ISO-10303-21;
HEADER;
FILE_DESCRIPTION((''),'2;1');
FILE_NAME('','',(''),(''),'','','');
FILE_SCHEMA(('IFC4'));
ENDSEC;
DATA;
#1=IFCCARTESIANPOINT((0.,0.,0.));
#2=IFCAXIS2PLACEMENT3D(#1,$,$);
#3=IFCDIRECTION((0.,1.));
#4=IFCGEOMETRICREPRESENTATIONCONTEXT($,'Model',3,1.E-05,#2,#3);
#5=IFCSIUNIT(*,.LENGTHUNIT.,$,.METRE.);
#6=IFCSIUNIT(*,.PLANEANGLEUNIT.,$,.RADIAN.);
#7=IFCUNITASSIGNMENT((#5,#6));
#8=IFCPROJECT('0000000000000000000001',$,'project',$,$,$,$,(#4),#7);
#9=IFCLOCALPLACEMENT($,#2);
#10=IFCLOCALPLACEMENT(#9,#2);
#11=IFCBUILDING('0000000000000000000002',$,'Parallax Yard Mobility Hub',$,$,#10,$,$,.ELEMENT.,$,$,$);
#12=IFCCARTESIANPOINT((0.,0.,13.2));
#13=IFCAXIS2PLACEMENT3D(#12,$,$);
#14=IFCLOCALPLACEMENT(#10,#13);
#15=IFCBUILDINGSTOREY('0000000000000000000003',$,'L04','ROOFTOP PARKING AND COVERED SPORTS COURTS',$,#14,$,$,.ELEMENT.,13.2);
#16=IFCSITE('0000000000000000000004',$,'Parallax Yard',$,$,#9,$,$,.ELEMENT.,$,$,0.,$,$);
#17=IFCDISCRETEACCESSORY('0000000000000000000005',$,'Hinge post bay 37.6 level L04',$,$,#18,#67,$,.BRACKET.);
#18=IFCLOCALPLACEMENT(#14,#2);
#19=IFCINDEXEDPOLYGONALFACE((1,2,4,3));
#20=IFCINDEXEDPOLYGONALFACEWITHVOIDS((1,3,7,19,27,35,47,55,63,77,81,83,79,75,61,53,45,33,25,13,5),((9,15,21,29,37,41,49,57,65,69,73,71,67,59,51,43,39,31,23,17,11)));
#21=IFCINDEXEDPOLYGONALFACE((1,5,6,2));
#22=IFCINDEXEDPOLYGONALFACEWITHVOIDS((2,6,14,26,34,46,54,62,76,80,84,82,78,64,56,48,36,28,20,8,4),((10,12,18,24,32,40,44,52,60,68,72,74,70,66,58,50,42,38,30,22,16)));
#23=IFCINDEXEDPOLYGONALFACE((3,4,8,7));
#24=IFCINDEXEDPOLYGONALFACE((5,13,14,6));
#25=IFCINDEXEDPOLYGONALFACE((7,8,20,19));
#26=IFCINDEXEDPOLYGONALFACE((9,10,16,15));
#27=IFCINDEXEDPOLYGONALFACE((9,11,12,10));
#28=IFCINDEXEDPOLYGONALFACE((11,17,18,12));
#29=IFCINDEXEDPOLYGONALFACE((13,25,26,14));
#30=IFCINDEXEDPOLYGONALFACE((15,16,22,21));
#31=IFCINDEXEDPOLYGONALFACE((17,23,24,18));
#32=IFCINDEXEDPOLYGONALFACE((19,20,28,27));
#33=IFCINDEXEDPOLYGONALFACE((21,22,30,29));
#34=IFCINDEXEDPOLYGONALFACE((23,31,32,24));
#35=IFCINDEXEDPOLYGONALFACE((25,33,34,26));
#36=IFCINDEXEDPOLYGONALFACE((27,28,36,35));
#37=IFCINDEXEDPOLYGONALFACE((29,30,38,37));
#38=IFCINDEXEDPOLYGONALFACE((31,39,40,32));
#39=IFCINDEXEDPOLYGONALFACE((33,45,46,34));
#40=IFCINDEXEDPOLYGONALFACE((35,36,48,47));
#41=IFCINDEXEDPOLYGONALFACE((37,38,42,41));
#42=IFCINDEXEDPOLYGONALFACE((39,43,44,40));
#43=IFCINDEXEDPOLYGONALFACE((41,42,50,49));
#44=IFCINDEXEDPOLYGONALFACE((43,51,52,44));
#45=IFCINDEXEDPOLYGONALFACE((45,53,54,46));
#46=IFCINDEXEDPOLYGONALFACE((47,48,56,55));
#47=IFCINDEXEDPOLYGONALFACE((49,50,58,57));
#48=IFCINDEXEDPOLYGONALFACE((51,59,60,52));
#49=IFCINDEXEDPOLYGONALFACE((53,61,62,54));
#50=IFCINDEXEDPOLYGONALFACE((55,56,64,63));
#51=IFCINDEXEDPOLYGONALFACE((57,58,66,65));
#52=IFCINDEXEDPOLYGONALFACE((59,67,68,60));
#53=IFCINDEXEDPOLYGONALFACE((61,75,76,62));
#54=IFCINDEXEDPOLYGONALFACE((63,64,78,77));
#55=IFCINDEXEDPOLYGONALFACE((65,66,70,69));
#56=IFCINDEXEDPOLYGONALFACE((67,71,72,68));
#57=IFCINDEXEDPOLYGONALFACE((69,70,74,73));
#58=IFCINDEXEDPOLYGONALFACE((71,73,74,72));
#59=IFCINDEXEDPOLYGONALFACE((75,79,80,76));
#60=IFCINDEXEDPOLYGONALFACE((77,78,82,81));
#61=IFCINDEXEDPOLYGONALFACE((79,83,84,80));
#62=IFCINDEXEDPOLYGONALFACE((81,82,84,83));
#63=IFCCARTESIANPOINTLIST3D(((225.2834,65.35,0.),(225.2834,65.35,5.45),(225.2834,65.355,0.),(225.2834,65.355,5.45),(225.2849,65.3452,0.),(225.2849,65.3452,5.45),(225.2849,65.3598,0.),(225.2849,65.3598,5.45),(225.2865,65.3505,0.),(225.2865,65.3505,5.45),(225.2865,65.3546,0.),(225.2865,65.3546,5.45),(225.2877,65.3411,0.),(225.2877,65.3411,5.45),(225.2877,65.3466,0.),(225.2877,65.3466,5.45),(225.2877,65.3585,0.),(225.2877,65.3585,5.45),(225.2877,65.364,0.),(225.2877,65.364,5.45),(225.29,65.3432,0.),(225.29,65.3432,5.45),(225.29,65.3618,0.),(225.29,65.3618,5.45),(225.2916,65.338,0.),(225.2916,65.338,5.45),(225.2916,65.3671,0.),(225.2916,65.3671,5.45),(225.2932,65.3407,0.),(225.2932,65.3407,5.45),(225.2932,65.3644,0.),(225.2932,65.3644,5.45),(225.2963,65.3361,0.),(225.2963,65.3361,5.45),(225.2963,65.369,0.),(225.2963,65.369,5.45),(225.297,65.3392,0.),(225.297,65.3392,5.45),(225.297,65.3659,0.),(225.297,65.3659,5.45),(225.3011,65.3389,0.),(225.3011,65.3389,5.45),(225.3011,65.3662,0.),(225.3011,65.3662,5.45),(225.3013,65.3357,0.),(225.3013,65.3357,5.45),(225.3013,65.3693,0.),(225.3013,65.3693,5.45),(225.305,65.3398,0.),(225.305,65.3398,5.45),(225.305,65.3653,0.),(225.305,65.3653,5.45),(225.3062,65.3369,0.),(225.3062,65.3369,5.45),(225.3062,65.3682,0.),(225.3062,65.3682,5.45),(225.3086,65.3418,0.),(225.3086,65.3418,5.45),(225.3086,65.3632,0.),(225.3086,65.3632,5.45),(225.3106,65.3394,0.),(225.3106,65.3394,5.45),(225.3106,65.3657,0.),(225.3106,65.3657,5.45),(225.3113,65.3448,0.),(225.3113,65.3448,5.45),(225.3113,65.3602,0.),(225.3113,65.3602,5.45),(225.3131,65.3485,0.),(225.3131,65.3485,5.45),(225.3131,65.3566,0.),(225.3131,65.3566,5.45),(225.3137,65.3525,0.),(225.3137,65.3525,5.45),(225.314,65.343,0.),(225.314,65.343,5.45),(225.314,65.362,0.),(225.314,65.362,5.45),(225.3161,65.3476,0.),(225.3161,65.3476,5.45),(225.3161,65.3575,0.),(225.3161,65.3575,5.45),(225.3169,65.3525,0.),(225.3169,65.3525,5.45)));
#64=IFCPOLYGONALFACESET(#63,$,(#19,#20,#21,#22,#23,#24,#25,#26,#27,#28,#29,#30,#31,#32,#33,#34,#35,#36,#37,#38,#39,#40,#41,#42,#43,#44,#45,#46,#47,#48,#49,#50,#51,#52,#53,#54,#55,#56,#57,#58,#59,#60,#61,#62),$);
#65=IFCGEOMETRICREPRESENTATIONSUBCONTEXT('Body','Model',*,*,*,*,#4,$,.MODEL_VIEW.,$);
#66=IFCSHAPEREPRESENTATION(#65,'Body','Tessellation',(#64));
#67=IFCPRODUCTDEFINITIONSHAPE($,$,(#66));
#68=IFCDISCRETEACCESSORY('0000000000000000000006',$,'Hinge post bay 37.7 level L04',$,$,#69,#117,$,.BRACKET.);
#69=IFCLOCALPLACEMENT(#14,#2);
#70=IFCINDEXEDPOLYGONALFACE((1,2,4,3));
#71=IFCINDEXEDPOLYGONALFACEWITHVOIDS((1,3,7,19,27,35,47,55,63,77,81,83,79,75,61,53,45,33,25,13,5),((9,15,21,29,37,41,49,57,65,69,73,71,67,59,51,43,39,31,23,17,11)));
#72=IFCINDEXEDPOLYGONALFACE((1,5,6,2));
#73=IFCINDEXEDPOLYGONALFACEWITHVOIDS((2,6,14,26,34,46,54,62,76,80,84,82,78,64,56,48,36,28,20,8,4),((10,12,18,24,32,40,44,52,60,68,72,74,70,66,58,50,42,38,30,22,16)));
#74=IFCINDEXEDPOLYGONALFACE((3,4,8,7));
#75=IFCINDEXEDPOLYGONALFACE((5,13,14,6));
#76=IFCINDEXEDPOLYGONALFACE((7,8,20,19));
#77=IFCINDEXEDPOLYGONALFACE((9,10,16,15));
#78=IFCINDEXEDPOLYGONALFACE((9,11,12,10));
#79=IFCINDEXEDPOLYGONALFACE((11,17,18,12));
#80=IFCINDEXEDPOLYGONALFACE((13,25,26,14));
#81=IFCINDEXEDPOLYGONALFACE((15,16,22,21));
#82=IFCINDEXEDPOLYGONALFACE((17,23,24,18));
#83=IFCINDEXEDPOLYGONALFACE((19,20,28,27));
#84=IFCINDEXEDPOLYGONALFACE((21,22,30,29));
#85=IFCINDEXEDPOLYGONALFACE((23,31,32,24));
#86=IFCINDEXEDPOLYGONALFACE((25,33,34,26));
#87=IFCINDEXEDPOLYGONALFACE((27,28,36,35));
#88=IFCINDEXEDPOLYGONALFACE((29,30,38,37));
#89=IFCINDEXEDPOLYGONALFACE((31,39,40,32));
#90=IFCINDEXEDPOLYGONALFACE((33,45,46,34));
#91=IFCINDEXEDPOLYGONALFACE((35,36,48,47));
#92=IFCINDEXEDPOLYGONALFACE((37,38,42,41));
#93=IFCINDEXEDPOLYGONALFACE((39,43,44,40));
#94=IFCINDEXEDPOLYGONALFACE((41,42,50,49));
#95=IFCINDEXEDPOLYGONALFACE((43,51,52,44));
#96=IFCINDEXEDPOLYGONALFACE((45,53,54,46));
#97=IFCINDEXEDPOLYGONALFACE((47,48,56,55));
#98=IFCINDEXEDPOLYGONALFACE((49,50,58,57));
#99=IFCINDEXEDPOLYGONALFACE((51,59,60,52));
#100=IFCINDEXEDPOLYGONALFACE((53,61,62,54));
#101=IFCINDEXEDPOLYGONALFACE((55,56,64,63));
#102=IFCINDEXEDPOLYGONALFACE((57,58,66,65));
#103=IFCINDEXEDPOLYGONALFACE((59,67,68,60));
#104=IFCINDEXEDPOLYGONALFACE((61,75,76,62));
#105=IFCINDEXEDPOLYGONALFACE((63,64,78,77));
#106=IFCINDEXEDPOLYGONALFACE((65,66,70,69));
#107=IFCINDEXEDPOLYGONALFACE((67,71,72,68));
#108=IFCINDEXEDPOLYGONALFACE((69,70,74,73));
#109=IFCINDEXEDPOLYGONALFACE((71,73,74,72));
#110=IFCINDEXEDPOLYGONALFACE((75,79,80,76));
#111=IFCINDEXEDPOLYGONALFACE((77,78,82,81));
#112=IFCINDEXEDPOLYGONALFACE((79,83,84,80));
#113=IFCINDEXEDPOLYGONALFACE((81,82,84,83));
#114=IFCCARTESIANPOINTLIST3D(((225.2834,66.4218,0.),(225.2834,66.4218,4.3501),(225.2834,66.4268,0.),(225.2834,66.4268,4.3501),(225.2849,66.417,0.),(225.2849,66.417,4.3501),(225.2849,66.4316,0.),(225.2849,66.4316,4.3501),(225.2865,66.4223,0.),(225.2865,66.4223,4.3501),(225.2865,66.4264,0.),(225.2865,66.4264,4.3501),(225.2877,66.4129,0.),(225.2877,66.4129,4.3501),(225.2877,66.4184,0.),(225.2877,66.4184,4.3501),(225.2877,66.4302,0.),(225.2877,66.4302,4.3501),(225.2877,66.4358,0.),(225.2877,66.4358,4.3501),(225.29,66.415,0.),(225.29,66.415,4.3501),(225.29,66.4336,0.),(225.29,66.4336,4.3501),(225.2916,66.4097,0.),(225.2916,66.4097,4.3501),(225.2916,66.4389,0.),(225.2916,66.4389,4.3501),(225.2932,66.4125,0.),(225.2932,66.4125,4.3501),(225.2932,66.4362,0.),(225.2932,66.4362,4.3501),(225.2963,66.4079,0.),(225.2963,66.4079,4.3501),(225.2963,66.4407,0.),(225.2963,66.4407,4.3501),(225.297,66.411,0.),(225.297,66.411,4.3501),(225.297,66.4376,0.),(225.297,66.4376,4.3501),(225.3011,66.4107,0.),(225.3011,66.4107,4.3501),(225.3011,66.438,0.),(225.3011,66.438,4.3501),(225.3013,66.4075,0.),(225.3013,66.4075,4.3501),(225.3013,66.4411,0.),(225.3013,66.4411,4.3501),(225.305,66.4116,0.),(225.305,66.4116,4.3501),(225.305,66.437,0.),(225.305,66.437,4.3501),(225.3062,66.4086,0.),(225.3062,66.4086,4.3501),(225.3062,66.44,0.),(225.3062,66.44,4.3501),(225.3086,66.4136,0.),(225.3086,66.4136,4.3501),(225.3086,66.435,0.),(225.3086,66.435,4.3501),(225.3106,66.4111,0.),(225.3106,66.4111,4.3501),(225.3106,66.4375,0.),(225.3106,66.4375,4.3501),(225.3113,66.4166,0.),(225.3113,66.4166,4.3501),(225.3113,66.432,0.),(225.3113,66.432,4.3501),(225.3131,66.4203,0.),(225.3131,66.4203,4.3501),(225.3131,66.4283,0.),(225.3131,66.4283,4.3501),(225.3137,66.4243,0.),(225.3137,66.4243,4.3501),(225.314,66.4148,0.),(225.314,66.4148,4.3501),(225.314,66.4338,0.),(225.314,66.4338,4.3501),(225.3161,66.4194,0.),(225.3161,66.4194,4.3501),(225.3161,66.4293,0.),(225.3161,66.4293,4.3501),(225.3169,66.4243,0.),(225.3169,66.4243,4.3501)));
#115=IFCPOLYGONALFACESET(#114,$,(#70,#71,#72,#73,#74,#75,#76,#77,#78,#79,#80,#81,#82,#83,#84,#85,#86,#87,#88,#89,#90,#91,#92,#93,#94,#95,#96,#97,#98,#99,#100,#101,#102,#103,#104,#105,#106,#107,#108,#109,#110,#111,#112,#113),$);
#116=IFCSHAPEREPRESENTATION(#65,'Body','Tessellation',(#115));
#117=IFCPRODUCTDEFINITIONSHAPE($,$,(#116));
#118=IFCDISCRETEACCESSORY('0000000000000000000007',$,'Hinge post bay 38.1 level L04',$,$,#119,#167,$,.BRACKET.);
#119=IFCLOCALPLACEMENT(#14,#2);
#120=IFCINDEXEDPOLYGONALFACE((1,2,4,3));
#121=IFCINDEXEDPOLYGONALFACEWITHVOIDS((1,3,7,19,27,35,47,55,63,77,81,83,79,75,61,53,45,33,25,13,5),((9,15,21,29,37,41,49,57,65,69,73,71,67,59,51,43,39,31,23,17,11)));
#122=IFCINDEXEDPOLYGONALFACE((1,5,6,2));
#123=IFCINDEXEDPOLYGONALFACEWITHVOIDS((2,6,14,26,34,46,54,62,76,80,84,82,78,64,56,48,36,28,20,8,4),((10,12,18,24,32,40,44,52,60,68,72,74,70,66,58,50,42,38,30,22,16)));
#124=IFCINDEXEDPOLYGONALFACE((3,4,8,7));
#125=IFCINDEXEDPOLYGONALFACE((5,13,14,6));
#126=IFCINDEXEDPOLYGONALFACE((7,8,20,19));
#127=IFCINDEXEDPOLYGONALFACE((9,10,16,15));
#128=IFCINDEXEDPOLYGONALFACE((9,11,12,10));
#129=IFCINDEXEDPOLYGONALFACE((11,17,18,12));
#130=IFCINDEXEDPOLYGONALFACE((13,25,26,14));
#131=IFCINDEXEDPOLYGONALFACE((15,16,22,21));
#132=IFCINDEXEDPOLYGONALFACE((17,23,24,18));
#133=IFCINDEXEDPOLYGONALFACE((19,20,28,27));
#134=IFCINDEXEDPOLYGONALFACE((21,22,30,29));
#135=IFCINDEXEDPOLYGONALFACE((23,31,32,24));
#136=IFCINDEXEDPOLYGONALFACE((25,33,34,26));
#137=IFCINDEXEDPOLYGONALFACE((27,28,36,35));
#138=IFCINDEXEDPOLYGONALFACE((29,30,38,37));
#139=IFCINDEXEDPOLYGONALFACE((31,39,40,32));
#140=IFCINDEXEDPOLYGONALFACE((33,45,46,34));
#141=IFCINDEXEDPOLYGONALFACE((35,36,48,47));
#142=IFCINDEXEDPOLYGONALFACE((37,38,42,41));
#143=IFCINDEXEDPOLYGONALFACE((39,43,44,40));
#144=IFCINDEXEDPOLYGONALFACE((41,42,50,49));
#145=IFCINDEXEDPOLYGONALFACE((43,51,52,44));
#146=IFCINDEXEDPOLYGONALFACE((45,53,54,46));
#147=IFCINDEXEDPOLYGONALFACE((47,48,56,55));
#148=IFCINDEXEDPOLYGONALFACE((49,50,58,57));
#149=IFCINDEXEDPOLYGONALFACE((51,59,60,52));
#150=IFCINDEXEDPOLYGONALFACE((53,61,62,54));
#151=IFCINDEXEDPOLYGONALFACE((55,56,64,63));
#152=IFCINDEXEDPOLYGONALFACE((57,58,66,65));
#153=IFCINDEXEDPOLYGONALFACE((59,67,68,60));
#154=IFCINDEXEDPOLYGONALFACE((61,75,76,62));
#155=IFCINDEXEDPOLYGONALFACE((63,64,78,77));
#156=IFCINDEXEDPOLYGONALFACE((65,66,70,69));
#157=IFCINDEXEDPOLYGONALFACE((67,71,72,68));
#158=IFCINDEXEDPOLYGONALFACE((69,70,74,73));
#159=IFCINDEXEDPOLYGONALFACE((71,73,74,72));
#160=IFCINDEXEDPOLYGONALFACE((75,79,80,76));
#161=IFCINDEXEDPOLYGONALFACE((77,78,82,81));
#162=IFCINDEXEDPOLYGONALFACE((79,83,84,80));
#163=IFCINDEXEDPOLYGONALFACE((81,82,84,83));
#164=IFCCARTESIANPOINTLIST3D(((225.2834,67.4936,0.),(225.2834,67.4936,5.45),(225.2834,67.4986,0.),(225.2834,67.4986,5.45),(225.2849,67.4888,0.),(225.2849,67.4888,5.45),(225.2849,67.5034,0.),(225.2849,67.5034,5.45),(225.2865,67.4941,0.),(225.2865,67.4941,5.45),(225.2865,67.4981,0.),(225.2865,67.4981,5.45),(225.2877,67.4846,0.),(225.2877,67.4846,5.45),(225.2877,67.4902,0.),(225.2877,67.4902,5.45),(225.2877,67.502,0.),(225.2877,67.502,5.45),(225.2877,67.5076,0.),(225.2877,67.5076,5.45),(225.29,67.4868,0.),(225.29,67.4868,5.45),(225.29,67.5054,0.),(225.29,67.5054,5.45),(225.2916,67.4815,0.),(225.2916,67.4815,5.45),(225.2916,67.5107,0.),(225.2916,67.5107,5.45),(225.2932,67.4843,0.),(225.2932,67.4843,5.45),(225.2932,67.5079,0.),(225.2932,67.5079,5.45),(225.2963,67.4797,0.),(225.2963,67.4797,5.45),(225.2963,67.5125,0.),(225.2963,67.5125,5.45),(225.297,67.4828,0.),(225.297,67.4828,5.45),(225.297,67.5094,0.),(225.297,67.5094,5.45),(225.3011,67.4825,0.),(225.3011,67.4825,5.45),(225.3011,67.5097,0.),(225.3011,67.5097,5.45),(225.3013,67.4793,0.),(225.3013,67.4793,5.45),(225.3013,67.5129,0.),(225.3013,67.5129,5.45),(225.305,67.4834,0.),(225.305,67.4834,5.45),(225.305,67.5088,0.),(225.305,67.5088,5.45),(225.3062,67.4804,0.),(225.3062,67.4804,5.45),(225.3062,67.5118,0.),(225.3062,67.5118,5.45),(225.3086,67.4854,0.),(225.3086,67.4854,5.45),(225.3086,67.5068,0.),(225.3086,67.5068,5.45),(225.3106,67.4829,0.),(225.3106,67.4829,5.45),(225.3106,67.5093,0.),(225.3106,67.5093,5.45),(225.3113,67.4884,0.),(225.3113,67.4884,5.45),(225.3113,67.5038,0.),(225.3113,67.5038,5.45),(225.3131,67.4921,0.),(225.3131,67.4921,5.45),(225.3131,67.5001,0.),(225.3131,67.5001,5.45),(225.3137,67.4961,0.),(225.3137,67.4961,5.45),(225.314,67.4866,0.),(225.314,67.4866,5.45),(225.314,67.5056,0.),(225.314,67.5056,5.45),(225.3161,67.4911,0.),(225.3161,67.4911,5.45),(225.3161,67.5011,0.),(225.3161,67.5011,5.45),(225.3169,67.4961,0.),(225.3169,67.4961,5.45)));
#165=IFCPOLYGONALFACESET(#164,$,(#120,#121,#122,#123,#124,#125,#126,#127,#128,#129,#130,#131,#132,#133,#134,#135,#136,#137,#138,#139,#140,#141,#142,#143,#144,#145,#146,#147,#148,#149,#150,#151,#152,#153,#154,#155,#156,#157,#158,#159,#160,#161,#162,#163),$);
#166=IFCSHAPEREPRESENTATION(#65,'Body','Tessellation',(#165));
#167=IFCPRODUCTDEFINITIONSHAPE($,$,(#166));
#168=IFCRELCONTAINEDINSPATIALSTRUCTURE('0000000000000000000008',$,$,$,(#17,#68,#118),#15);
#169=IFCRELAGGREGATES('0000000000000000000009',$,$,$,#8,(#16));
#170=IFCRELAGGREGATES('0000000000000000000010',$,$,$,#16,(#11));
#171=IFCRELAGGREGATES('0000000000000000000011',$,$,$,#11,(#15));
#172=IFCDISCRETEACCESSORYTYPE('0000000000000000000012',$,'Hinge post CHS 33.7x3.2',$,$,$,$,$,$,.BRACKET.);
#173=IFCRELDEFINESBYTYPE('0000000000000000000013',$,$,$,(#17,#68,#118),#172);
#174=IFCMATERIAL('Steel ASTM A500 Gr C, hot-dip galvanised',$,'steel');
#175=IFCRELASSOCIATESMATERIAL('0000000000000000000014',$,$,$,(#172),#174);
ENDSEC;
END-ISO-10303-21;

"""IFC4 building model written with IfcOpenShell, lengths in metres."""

from ifc_helpers import new_model, si_unit, direction, frame, origin, origin_2d, place, context, subcontext, project, spatial, hollow_circle, extrude, material, material_profile, profile_set, type_object, element, save


model = new_model("IFC4")

# Units and contexts
model_context = context("Model", 3, precision=1e-05, world=origin(), true_north=direction((0.0, 1.0)))
body_context = subcontext(model_context, "Body", "Model", "MODEL_VIEW")
ifc_project = project(units=[si_unit("LENGTHUNIT", "METRE"), si_unit("PLANEANGLEUNIT", "RADIAN")], contexts=[model_context])

# Site, building, storey
site_placement = place(None, origin())
site = spatial("IfcSite", under=ifc_project, at=site_placement, Name="Parallax Yard", CompositionType="ELEMENT", RefElevation=0.0)
building_placement = place(site_placement, origin())
building = spatial("IfcBuilding", under=site, at=building_placement, Name="Parallax Yard Mobility Hub", CompositionType="ELEMENT")
storey_placement = place(building_placement, frame((0.0, 0.0, 13.2)))
storey = spatial("IfcBuildingStorey", under=building, at=storey_placement, Name="L04", Description="ROOFTOP PARKING AND COVERED SPORTS COURTS", CompositionType="ELEMENT", Elevation=13.2)

# Discrete accessories
ifc_material_1 = material(Name="Steel ASTM A500 Gr C, hot-dip galvanised", Category="steel")
ifc_material_profile = material_profile(ifc_material_1, hollow_circle(Radius=0.0168, WallThickness=0.0032, at=origin_2d()), Name="CHS 33.7x3.2")
ifc_profile_set = profile_set([ifc_material_profile], Name="Steel ASTM A500 Gr C, hot-dip galvanised")
discrete_accessory_type_1 = type_object("IfcDiscreteAccessoryType", Name="Hinge post CHS 33.7x3.2", PredefinedType="BRACKET", material=ifc_profile_set)
for number, where, z_axis, x_axis, name in (
    (1, (225.3, 65.3525, 0.0), (0.0, 0.0, 1.0), (1.0, 0.0, 0.0), "Hinge post bay 37.6 level L04"),
):
    element("IfcDiscreteAccessory", number, at=place(storey_placement, frame(where, z_axis=z_axis, x_axis=x_axis)), inside=storey, type_object=discrete_accessory_type_1, Name=name, PredefinedType="BRACKET", context=body_context, shape_type="SweptSolid", body=[
        extrude(hollow_circle(Radius=0.0168, WallThickness=0.0032, at=origin_2d()), origin(), (0.0, 0.0, 1.0), 5.45),
    ])
discrete_accessory_placement = place(storey_placement, frame((225.3, 66.4243, 0.0), z_axis=(0.0, 0.0, 1.0), x_axis=(1.0, 0.0, 0.0)))
element("IfcDiscreteAccessory", 2, at=discrete_accessory_placement, inside=storey, type_object=discrete_accessory_type_1, Name="Hinge post bay 37.7 level L04", PredefinedType="BRACKET", context=body_context, shape_type="SweptSolid", body=[
    extrude(hollow_circle(Radius=0.0168, WallThickness=0.0032, at=origin_2d()), origin(), (0.0, 0.0, 1.0), 4.3501),
])
for number, where, z_axis, x_axis, name in (
    (3, (225.3, 67.4961, 0.0), (0.0, 0.0, 1.0), (1.0, 0.0, 0.0), "Hinge post bay 38.1 level L04"),
):
    element("IfcDiscreteAccessory", number, at=place(storey_placement, frame(where, z_axis=z_axis, x_axis=x_axis)), inside=storey, type_object=discrete_accessory_type_1, Name=name, PredefinedType="BRACKET", context=body_context, shape_type="SweptSolid", body=[
        extrude(hollow_circle(Radius=0.0168, WallThickness=0.0032, at=origin_2d()), origin(), (0.0, 0.0, 1.0), 5.45),
    ])

save(model, "model.ifc")
